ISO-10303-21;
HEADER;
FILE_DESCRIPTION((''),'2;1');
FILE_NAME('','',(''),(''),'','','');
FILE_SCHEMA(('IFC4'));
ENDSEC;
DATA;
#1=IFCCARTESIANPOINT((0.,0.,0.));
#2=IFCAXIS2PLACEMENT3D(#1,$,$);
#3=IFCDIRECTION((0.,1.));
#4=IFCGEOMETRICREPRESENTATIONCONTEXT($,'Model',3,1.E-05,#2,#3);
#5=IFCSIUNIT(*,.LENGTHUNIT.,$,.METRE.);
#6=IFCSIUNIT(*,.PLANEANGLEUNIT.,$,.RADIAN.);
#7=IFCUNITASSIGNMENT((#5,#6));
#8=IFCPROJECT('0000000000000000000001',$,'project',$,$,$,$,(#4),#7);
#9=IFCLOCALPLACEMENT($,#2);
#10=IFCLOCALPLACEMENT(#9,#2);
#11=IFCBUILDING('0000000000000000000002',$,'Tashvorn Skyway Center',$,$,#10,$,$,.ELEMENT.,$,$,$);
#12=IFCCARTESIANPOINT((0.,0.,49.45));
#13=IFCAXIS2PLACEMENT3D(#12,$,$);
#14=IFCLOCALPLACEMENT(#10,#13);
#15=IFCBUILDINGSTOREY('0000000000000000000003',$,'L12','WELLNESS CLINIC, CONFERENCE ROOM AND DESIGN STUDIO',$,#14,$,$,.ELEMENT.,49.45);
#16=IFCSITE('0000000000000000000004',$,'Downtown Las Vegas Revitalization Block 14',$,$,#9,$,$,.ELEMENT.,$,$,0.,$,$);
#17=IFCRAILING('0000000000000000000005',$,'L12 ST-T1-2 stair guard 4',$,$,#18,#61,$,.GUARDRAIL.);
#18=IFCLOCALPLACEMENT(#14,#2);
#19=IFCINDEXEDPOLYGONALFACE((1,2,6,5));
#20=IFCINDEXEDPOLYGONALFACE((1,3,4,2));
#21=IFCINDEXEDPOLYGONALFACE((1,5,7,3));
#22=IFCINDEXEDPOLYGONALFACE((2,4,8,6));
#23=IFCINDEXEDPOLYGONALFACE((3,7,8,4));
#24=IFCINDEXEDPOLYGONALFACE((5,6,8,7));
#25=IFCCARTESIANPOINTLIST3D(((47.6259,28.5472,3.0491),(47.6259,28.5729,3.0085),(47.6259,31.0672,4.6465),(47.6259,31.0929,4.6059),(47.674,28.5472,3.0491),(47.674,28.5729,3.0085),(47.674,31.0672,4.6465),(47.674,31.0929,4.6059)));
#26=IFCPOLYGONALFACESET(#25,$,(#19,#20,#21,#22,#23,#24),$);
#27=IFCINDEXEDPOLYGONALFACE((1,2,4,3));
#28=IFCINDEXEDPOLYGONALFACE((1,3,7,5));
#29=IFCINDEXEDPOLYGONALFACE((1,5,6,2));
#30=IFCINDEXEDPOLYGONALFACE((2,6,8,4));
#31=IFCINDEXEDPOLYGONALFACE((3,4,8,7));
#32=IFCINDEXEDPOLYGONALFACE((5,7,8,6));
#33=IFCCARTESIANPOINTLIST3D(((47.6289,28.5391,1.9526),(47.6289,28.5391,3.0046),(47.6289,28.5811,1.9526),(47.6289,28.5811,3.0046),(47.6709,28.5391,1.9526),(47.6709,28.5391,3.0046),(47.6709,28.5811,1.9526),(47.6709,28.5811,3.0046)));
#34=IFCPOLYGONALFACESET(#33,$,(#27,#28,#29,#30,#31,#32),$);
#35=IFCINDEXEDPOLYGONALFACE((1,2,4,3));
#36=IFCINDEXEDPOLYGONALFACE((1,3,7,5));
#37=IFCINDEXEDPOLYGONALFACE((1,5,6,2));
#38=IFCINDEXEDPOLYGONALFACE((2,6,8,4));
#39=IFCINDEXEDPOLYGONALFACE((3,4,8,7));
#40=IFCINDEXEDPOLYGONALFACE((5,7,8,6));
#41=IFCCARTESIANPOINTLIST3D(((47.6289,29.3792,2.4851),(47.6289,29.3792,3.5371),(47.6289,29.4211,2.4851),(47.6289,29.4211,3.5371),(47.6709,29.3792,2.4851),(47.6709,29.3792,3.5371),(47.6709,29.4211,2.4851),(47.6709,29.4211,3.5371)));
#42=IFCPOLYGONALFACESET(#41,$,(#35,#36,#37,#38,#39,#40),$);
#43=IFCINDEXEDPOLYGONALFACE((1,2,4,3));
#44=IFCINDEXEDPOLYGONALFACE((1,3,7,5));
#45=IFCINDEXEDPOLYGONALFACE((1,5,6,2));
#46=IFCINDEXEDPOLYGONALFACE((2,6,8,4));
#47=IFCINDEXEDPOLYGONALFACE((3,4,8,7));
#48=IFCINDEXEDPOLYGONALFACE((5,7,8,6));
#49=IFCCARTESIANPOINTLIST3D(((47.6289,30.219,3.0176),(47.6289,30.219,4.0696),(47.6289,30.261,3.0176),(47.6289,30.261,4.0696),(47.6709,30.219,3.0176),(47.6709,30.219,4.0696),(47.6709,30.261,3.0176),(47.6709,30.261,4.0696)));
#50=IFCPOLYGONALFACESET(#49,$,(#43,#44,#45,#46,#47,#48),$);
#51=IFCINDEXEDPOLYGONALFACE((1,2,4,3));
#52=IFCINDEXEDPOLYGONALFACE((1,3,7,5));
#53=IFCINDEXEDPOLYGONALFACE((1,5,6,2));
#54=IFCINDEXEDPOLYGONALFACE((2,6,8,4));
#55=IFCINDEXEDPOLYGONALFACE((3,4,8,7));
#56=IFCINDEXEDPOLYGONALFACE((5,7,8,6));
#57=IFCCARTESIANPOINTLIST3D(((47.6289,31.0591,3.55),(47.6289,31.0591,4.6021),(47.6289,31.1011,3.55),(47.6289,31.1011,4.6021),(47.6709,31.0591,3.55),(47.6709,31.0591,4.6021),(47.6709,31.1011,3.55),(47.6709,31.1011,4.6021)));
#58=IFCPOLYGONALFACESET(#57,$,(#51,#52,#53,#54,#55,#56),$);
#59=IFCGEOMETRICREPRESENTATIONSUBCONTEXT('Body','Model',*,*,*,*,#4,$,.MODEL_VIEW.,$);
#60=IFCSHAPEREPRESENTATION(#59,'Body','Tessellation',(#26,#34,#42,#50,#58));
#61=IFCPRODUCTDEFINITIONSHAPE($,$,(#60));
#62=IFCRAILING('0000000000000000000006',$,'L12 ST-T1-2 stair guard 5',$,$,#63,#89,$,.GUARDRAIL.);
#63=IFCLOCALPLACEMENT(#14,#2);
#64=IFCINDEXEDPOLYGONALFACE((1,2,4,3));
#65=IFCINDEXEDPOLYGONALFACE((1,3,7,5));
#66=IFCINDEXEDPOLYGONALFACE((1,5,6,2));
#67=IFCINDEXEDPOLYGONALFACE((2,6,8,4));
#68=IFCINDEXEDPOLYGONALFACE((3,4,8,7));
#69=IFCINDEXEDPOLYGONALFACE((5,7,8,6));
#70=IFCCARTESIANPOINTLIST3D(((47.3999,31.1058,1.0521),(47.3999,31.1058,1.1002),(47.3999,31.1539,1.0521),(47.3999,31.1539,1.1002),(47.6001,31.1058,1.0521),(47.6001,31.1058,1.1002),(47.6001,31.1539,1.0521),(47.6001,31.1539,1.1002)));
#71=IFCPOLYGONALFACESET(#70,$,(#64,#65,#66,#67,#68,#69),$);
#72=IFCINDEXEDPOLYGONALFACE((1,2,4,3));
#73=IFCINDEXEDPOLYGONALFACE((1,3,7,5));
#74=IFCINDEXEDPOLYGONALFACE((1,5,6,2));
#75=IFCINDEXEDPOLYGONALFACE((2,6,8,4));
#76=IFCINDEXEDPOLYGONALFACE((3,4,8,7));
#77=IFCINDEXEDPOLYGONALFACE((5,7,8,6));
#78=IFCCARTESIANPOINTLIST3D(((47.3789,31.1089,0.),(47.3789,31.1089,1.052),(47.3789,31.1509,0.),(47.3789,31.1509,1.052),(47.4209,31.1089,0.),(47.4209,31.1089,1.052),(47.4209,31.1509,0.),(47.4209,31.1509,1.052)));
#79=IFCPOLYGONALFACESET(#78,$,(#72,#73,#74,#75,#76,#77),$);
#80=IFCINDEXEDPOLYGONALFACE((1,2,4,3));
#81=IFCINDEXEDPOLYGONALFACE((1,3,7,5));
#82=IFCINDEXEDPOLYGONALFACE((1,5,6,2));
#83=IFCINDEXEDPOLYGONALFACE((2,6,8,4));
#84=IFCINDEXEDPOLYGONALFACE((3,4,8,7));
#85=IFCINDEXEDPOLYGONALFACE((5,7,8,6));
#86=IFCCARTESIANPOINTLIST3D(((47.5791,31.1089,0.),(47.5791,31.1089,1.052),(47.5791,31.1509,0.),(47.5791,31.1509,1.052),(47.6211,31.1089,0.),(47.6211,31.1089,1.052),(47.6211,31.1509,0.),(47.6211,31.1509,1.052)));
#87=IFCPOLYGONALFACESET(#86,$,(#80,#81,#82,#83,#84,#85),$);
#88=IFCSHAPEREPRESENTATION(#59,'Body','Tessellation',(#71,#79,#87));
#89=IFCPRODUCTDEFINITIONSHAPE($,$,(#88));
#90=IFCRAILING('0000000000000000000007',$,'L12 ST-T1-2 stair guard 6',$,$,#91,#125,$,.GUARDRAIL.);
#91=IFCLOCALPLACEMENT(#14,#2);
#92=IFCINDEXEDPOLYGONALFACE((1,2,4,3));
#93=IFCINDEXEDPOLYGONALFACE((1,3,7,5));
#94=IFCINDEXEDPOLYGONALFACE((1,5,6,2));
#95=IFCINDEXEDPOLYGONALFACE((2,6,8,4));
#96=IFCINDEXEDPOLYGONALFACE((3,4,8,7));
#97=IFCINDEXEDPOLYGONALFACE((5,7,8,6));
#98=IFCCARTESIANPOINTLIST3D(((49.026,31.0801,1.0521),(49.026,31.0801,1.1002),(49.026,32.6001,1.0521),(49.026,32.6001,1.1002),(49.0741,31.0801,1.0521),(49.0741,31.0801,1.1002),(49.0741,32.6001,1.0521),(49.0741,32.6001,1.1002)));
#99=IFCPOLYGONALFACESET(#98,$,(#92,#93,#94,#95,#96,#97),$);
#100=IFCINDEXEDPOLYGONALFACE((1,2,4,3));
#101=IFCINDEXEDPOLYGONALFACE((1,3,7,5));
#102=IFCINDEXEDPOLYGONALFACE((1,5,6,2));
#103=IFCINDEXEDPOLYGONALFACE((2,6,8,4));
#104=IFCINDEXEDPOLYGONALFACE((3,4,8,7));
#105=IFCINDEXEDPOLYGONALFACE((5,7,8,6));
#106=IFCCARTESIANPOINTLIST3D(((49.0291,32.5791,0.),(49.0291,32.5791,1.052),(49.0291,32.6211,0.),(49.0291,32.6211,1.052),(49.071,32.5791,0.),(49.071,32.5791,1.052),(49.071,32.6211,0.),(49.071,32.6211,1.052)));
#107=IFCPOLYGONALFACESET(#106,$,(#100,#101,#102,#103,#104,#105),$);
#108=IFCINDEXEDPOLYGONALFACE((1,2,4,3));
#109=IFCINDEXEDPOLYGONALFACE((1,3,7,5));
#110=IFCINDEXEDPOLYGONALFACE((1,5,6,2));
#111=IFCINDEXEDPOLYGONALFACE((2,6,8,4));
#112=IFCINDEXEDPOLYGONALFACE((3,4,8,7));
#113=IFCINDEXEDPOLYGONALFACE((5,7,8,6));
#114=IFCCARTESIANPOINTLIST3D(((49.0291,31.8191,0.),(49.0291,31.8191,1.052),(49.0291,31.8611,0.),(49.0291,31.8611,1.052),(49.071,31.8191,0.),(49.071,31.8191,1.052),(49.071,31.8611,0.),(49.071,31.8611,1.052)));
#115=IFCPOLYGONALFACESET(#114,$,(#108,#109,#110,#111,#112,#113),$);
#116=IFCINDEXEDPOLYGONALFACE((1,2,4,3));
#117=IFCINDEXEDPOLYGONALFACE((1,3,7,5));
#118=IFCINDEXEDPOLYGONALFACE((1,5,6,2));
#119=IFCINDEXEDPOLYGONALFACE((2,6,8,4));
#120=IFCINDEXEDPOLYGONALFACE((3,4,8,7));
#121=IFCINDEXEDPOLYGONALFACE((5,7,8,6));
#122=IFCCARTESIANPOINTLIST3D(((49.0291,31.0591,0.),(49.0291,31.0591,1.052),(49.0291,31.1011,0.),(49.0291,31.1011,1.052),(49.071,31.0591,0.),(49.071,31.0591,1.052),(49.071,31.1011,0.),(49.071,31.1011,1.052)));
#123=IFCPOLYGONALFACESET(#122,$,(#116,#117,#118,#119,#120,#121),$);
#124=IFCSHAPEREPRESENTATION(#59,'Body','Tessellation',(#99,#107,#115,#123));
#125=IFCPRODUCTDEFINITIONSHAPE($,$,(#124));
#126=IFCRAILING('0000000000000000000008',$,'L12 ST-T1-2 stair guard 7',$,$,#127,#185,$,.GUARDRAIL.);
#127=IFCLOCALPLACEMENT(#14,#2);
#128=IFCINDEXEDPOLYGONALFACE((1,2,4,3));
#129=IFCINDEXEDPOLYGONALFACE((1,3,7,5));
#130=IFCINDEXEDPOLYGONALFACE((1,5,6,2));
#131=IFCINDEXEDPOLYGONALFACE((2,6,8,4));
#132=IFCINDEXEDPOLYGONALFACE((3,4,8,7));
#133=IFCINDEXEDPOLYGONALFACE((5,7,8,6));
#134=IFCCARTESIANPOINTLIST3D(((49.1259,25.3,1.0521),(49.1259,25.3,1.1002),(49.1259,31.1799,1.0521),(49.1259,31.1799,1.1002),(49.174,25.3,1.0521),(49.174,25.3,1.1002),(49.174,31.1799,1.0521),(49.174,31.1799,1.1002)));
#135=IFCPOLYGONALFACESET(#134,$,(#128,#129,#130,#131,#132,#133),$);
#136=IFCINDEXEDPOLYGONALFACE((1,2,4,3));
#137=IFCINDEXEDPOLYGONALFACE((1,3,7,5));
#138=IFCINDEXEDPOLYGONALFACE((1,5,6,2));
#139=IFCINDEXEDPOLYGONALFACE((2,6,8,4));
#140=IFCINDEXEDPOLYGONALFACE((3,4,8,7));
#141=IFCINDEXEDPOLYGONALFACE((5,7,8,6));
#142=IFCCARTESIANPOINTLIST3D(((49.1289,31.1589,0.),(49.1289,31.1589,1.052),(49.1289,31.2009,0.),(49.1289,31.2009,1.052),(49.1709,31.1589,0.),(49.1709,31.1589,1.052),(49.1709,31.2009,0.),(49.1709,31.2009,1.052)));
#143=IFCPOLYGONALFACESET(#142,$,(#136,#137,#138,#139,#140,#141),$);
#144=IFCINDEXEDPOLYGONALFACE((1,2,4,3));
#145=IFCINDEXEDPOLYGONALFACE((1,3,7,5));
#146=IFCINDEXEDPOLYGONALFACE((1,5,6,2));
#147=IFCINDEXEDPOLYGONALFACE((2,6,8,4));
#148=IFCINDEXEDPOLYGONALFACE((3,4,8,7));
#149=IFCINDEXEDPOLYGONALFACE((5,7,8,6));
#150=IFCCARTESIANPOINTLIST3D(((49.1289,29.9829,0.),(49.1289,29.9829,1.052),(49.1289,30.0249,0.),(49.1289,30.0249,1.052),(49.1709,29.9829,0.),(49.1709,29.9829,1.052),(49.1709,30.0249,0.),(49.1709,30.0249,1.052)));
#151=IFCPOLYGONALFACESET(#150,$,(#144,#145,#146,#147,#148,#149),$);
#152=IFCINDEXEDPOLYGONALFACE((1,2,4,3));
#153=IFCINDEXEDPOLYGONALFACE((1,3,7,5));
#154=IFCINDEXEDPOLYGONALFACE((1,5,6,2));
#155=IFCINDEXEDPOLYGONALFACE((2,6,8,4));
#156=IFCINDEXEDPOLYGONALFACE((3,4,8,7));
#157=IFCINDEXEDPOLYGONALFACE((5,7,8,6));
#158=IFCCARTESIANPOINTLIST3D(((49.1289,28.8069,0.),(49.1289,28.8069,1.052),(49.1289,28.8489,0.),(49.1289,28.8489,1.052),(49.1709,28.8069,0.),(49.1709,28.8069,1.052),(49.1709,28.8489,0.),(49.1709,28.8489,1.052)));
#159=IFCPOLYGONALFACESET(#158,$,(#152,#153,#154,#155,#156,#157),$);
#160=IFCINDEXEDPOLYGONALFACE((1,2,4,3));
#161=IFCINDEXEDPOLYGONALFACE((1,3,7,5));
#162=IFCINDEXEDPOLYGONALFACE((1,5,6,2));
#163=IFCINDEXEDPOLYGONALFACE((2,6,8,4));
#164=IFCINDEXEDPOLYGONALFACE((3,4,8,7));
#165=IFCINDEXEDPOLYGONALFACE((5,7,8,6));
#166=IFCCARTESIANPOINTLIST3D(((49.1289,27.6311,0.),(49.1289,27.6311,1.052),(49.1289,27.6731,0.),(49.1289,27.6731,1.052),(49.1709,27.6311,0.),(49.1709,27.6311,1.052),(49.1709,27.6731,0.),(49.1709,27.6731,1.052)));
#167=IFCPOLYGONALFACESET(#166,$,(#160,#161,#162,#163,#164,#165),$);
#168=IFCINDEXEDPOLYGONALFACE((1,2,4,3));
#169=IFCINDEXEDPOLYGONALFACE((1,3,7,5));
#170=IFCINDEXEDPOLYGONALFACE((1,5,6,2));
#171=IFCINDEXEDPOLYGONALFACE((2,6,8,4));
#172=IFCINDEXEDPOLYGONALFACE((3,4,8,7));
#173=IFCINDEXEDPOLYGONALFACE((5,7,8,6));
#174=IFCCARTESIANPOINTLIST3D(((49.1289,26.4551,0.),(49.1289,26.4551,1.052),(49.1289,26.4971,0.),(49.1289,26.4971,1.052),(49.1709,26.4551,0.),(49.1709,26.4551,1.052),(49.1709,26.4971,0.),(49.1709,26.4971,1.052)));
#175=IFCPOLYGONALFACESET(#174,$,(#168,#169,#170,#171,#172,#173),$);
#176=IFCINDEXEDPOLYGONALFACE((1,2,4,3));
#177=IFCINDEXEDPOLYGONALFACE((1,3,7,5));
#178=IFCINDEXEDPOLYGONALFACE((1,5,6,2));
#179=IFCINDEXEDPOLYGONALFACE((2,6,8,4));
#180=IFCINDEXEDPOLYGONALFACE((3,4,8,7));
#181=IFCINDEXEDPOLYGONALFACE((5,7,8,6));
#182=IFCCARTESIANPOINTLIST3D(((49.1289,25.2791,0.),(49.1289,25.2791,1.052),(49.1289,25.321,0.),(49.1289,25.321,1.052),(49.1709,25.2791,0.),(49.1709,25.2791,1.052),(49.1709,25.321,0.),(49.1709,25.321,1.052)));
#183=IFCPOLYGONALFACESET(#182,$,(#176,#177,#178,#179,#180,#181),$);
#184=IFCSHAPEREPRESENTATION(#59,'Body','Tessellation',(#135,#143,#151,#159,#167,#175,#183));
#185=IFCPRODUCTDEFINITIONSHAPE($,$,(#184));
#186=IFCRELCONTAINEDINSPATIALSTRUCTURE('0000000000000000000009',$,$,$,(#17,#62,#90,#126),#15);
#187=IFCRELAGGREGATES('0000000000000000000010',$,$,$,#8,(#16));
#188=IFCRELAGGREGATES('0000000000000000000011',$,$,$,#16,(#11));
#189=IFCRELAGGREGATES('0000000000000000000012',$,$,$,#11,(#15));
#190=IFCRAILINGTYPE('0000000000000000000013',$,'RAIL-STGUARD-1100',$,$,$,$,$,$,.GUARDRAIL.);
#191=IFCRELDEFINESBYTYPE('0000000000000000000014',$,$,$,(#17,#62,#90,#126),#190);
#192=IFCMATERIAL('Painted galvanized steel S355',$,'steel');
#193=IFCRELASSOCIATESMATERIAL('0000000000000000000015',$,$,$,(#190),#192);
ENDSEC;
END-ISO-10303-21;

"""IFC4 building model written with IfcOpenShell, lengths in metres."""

from ifc_helpers import new_model, si_unit, direction, frame, origin, origin_2d, place, context, subcontext, project, spatial, rectangle, extrude, material, type_object, element, save


model = new_model("IFC4")

# Units and contexts
model_context = context("Model", 3, precision=1e-05, world=origin(), true_north=direction((0.0, 1.0)))
body_context = subcontext(model_context, "Body", "Model", "MODEL_VIEW")
ifc_project = project(units=[si_unit("LENGTHUNIT", "METRE"), si_unit("PLANEANGLEUNIT", "RADIAN")], contexts=[model_context])

# Site, building, storey
site_placement = place(None, origin())
site = spatial("IfcSite", under=ifc_project, at=site_placement, Name="Downtown Las Vegas Revitalization Block 14", CompositionType="ELEMENT", RefElevation=0.0)
building_placement = place(site_placement, origin())
building = spatial("IfcBuilding", under=site, at=building_placement, Name="Tashvorn Skyway Center", CompositionType="ELEMENT")
storey_placement = place(building_placement, frame((0.0, 0.0, 49.45)))
storey = spatial("IfcBuildingStorey", under=building, at=storey_placement, Name="L12", Description="WELLNESS CLINIC, CONFERENCE ROOM AND DESIGN STUDIO", CompositionType="ELEMENT", Elevation=49.45)

# Railings
ifc_material_1 = material(Name="Painted galvanized steel S355", Category="steel")
railing_type_1 = type_object("IfcRailingType", Name="RAIL-STGUARD-1100", PredefinedType="GUARDRAIL", material=ifc_material_1)
railing_1_placement = place(storey_placement, frame((47.6499, 28.5601, 1.9526)))
element("IfcRailing", 1, at=railing_1_placement, inside=storey, type_object=railing_type_1, Name="L12 ST-T1-2 stair guard 4", PredefinedType="GUARDRAIL", context=body_context, shape_type="SweptSolid", body=[
    extrude(rectangle(XDim=0.0481, YDim=0.0481, at=origin_2d()), frame((0.0, 0.0, 1.0762), z_axis=(0.0, 0.844607, 0.535387), x_axis=(-1.0, 0.0, 0.0)), (0.0, 0.0, 1.0), 2.9836),
    extrude(rectangle(XDim=0.042, YDim=0.042, at=origin_2d()), origin(), (0.0, 0.0, 1.0), 1.052),
    extrude(rectangle(XDim=0.042, YDim=0.042, at=origin_2d()), frame((0.0, 0.8401, 0.5325)), (0.0, 0.0, 1.0), 1.052),
    extrude(rectangle(XDim=0.042, YDim=0.042, at=origin_2d()), frame((0.0, 1.6799, 1.0649)), (0.0, 0.0, 1.0), 1.052),
    extrude(rectangle(XDim=0.042, YDim=0.042, at=origin_2d()), frame((0.0, 2.52, 1.5974)), (0.0, 0.0, 1.0), 1.052),
])
railing_2_placement = place(storey_placement, frame((47.3999, 31.1299, 0.0)))
element("IfcRailing", 2, at=railing_2_placement, inside=storey, type_object=railing_type_1, Name="L12 ST-T1-2 stair guard 5", PredefinedType="GUARDRAIL", context=body_context, shape_type="SweptSolid", body=[
    extrude(rectangle(XDim=0.0481, YDim=0.0481, at=origin_2d()), frame((0.0, 0.0, 1.0762), z_axis=(1.0, 0.0, 0.0), x_axis=(0.0, 1.0, 0.0)), (0.0, 0.0, 1.0), 0.2002),
    extrude(rectangle(XDim=0.042, YDim=0.042, at=origin_2d()), origin(), (0.0, 0.0, 1.0), 1.052),
    extrude(rectangle(XDim=0.042, YDim=0.042, at=origin_2d()), frame((0.2002, 0.0, 0.0)), (0.0, 0.0, 1.0), 1.052),
])
railing_3_placement = place(storey_placement, frame((49.05, 32.6001, 0.0)))
element("IfcRailing", 3, at=railing_3_placement, inside=storey, type_object=railing_type_1, Name="L12 ST-T1-2 stair guard 6", PredefinedType="GUARDRAIL", context=body_context, shape_type="SweptSolid", body=[
    extrude(rectangle(XDim=0.0481, YDim=0.0481, at=origin_2d()), frame((0.0, 0.0, 1.0762), z_axis=(0.0, -1.0, 0.0), x_axis=(1.0, 0.0, 0.0)), (0.0, 0.0, 1.0), 1.52),
    extrude(rectangle(XDim=0.042, YDim=0.042, at=origin_2d()), origin(), (0.0, 0.0, 1.0), 1.052),
    extrude(rectangle(XDim=0.042, YDim=0.042, at=origin_2d()), frame((0.0, -0.76, 0.0)), (0.0, 0.0, 1.0), 1.052),
    extrude(rectangle(XDim=0.042, YDim=0.042, at=origin_2d()), frame((0.0, -1.52, 0.0)), (0.0, 0.0, 1.0), 1.052),
])
railing_4_placement = place(storey_placement, frame((49.1499, 31.1799, 0.0)))
element("IfcRailing", 4, at=railing_4_placement, inside=storey, type_object=railing_type_1, Name="L12 ST-T1-2 stair guard 7", PredefinedType="GUARDRAIL", context=body_context, shape_type="SweptSolid", body=[
    extrude(rectangle(XDim=0.0481, YDim=0.0481, at=origin_2d()), frame((0.0, 0.0, 1.0762), z_axis=(0.0, -1.0, 0.0), x_axis=(1.0, 0.0, 0.0)), (0.0, 0.0, 1.0), 5.8799),
    extrude(rectangle(XDim=0.042, YDim=0.042, at=origin_2d()), origin(), (0.0, 0.0, 1.0), 1.052),
    extrude(rectangle(XDim=0.042, YDim=0.042, at=origin_2d()), frame((0.0, -1.176, 0.0)), (0.0, 0.0, 1.0), 1.052),
    extrude(rectangle(XDim=0.042, YDim=0.042, at=origin_2d()), frame((0.0, -2.3521, 0.0)), (0.0, 0.0, 1.0), 1.052),
    extrude(rectangle(XDim=0.042, YDim=0.042, at=origin_2d()), frame((0.0, -3.5278, 0.0)), (0.0, 0.0, 1.0), 1.052),
    extrude(rectangle(XDim=0.042, YDim=0.042, at=origin_2d()), frame((0.0, -4.7039, 0.0)), (0.0, 0.0, 1.0), 1.052),
    extrude(rectangle(XDim=0.042, YDim=0.042, at=origin_2d()), frame((0.0, -5.8799, 0.0)), (0.0, 0.0, 1.0), 1.052),
])

save(model, "model.ifc")
